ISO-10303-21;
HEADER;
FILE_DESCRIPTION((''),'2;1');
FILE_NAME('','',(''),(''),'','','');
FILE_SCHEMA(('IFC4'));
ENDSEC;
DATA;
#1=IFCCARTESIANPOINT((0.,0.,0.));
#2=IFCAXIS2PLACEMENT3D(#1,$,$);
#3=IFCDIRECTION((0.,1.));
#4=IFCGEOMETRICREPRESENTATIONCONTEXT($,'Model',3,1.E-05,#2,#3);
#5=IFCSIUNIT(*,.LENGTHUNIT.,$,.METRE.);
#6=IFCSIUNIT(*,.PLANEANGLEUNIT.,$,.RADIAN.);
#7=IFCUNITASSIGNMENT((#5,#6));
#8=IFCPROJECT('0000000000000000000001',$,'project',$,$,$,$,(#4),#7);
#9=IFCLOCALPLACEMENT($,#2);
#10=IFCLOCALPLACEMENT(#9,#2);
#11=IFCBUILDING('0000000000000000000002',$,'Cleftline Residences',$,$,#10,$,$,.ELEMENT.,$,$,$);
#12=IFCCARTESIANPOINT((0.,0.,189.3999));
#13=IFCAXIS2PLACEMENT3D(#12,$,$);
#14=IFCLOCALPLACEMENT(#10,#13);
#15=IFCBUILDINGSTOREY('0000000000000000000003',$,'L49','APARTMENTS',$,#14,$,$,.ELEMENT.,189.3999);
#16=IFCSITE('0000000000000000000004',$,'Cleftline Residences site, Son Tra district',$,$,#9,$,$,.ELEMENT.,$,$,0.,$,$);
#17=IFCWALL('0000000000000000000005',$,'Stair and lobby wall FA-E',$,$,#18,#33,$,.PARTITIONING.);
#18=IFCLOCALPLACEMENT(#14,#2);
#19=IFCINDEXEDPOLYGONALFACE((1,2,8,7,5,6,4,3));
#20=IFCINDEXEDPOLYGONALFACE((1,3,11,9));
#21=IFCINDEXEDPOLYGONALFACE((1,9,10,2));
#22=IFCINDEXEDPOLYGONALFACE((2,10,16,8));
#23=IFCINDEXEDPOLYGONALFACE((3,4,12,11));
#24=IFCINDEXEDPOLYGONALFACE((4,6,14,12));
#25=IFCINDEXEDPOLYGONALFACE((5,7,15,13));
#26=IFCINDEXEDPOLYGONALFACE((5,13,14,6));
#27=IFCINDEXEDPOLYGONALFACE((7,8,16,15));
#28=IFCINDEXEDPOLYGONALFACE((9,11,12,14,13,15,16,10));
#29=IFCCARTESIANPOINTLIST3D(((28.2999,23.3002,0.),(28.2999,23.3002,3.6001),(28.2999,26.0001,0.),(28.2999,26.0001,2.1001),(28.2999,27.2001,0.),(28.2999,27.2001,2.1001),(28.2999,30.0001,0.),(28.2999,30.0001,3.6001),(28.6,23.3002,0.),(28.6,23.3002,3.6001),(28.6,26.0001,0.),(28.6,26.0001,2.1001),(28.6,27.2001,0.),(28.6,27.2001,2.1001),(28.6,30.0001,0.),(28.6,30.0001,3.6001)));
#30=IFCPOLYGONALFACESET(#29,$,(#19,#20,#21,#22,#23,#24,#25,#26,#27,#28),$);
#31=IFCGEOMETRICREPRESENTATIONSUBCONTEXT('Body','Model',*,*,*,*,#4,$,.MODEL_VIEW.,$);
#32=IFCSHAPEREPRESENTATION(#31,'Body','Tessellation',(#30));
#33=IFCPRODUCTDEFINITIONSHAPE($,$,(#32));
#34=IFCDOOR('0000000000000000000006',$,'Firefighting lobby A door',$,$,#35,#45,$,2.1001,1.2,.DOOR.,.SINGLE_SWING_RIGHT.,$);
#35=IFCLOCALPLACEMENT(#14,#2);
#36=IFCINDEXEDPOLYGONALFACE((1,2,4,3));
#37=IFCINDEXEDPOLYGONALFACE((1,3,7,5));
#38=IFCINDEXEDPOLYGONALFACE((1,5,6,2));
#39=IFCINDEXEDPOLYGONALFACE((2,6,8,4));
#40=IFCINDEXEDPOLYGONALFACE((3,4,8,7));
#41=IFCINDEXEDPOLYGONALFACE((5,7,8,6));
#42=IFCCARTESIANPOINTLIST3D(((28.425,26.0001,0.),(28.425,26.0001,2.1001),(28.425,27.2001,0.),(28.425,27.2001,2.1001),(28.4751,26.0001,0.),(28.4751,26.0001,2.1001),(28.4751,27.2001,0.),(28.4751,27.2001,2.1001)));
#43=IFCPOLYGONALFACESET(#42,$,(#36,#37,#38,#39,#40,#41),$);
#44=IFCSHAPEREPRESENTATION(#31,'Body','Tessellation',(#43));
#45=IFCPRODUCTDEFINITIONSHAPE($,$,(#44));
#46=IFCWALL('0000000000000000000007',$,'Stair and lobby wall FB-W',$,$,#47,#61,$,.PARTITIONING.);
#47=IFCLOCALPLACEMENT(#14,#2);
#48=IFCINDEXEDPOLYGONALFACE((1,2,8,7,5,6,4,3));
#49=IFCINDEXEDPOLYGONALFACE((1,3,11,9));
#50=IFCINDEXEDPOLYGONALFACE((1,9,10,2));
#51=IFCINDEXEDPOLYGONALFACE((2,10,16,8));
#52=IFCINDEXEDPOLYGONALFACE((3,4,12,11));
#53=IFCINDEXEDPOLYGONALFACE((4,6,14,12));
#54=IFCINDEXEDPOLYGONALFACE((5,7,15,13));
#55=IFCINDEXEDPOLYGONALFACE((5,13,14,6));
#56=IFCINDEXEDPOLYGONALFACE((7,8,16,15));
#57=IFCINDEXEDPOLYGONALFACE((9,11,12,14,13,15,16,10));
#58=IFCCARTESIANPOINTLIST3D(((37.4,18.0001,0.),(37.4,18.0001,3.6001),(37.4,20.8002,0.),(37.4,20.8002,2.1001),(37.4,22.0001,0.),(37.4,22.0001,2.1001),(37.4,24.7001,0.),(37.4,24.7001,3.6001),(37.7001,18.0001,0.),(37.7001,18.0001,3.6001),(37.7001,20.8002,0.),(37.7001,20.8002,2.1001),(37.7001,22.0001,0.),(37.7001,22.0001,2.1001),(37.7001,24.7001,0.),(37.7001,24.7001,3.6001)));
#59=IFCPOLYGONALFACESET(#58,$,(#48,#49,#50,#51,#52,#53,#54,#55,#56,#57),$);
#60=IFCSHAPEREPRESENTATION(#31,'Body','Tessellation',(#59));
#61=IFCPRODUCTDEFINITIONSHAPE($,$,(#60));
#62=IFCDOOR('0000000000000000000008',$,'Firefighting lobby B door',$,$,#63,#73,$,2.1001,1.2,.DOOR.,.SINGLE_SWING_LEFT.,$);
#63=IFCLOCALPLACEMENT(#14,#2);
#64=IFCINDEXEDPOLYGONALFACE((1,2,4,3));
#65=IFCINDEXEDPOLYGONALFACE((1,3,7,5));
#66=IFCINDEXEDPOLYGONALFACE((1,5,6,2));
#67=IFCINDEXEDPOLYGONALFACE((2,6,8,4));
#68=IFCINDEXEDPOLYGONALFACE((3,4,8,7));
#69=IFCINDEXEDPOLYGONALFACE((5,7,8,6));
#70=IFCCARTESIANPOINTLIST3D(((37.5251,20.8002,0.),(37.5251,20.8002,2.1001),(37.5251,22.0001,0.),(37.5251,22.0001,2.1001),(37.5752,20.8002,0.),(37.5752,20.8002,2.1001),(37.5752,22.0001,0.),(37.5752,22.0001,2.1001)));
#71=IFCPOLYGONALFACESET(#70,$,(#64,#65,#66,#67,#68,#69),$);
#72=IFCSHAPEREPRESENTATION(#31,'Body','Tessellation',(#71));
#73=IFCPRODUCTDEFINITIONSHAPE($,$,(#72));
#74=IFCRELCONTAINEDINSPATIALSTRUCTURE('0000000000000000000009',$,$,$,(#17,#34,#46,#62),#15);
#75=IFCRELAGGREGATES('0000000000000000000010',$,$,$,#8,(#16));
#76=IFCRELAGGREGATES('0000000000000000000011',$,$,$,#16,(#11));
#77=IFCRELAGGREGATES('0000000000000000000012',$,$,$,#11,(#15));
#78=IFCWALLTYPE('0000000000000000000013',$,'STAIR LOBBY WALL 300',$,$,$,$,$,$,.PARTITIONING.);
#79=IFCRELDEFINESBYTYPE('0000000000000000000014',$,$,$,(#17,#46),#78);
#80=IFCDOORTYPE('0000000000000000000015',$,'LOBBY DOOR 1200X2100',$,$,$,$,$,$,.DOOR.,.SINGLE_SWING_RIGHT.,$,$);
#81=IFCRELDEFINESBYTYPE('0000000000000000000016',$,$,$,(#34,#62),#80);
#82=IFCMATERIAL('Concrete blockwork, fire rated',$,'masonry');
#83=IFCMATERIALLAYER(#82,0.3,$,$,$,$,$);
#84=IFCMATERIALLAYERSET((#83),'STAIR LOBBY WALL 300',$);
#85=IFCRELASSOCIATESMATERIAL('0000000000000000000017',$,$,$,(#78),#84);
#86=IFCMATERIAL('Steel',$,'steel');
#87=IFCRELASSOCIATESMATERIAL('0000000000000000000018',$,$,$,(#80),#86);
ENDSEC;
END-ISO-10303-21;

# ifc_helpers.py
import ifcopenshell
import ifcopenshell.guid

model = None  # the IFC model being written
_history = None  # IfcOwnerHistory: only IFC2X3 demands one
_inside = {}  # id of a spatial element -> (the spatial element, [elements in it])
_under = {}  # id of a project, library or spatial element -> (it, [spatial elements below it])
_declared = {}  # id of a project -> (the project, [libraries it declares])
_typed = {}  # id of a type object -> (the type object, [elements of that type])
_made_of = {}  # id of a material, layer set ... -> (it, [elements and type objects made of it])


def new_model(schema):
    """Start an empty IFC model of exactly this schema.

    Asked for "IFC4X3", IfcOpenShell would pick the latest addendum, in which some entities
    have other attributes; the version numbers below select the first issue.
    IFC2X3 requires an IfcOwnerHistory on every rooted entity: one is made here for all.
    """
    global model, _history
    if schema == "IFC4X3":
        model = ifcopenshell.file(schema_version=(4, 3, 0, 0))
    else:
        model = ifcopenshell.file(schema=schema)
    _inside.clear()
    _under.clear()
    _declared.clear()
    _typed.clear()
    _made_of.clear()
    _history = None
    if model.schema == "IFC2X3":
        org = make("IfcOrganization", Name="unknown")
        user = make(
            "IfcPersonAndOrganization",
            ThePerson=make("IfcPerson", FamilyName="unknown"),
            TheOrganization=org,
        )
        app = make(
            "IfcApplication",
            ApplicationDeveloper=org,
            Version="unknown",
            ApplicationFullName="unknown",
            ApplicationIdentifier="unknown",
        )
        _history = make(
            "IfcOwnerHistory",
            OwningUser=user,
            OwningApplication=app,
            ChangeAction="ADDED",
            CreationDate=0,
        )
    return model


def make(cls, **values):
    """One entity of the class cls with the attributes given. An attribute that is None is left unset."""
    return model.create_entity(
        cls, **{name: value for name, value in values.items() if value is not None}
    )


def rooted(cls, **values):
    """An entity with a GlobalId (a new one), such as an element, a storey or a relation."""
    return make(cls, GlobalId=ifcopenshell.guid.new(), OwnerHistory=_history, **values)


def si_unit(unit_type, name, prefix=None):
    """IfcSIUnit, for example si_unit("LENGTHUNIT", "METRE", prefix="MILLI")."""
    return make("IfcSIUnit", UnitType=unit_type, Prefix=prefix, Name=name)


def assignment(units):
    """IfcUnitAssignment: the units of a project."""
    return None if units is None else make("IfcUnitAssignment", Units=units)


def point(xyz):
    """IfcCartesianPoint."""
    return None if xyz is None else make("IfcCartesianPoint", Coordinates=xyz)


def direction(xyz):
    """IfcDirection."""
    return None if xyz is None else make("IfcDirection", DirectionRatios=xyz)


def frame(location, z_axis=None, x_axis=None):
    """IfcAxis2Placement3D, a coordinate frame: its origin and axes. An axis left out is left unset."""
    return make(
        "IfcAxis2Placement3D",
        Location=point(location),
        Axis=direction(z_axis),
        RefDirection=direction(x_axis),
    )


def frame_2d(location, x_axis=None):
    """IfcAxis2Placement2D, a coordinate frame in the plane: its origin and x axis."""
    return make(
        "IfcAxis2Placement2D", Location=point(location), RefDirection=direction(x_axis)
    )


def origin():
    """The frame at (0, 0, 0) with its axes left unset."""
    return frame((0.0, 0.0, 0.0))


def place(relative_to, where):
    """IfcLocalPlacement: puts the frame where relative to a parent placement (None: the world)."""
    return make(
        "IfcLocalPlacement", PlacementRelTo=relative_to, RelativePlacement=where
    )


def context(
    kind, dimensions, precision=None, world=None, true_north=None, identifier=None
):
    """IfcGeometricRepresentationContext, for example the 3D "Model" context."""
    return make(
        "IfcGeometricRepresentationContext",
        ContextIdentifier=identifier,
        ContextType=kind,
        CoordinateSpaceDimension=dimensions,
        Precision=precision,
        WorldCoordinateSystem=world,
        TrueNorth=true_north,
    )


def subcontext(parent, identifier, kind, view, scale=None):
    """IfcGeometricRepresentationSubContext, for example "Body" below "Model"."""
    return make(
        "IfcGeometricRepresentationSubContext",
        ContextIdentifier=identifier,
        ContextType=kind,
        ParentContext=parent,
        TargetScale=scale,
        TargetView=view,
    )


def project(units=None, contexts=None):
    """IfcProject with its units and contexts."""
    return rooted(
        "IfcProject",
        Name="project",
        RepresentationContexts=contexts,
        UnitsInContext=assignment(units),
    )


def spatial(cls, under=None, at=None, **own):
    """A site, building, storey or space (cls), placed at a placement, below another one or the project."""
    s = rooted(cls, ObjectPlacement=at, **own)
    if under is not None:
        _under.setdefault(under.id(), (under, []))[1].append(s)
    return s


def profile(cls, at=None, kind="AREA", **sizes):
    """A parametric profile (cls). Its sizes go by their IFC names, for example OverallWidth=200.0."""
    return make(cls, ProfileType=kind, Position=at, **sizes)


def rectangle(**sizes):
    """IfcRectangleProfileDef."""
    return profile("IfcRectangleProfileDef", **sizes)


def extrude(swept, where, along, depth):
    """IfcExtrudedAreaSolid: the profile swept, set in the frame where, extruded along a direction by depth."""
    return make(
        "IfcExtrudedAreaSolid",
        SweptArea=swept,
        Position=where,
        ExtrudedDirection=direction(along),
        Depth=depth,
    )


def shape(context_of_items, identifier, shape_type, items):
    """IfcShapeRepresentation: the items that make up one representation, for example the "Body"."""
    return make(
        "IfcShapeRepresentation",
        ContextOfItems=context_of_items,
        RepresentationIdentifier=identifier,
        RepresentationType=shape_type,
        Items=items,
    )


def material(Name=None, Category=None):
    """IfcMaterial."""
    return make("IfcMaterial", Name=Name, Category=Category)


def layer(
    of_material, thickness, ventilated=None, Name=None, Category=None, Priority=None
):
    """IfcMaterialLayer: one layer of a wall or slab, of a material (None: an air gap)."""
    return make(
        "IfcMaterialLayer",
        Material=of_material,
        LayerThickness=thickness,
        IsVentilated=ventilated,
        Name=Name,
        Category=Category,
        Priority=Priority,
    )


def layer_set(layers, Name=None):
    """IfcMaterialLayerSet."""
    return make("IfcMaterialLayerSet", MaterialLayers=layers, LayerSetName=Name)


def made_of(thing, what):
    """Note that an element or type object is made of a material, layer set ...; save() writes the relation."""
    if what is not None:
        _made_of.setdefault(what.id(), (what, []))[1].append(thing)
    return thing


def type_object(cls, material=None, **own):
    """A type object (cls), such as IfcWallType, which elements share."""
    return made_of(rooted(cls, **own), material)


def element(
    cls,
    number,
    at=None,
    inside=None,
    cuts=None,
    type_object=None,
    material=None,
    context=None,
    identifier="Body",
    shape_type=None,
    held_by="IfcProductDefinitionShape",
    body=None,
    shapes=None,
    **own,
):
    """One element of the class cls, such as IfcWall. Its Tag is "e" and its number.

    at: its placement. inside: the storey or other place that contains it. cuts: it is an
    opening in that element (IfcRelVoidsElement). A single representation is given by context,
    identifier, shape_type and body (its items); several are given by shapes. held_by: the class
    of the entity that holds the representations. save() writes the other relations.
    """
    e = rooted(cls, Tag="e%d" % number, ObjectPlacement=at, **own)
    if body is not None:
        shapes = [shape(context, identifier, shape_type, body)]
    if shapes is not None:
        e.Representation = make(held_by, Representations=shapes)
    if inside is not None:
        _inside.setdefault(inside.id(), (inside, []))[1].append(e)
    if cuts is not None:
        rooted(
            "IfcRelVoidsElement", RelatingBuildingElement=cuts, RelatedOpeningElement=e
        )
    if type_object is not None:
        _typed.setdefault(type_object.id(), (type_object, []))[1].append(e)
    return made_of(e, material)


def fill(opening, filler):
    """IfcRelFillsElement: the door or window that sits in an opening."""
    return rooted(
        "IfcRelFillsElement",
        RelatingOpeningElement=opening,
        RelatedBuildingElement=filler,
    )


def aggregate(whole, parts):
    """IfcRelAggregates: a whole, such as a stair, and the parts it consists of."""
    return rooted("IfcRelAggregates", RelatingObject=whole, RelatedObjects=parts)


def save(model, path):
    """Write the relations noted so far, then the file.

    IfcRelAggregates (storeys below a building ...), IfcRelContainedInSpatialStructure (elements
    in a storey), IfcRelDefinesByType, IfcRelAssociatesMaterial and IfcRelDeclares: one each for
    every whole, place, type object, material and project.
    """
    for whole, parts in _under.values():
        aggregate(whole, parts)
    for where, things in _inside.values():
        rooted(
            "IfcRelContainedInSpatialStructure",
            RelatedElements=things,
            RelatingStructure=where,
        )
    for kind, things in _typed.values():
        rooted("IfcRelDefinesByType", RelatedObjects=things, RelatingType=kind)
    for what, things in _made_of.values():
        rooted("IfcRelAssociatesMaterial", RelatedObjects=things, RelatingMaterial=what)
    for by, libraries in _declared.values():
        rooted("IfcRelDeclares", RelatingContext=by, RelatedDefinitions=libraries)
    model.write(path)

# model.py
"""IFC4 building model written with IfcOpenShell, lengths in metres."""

from ifc_helpers import new_model, si_unit, direction, frame, frame_2d, origin, place, context, subcontext, project, spatial, rectangle, extrude, material, layer, layer_set, type_object, element, fill, save


model = new_model("IFC4")

# Units and contexts
model_context = context("Model", 3, precision=1e-05, world=origin(), true_north=direction((0.0, 1.0)))
body_context = subcontext(model_context, "Body", "Model", "MODEL_VIEW")
ifc_project = project(units=[si_unit("LENGTHUNIT", "METRE"), si_unit("PLANEANGLEUNIT", "RADIAN")], contexts=[model_context])

# Site, building, storey
site_placement = place(None, origin())
site = spatial("IfcSite", under=ifc_project, at=site_placement, Name="Cleftline Residences site, Son Tra district", CompositionType="ELEMENT", RefElevation=0.0)
building_placement = place(site_placement, origin())
building = spatial("IfcBuilding", under=site, at=building_placement, Name="Cleftline Residences", CompositionType="ELEMENT")
storey_placement = place(building_placement, frame((0.0, 0.0, 189.3999)))
storey = spatial("IfcBuildingStorey", under=building, at=storey_placement, Name="L49", Description="APARTMENTS", CompositionType="ELEMENT", Elevation=189.3999)

# Walls, openings, doors
ifc_material_1 = material(Name="Concrete blockwork, fire rated", Category="masonry")
ifc_layer_1 = layer(ifc_material_1, 0.3)
ifc_layer_set_1 = layer_set([ifc_layer_1], Name="STAIR LOBBY WALL 300")
wall_type_1 = type_object("IfcWallType", Name="STAIR LOBBY WALL 300", PredefinedType="PARTITIONING", material=ifc_layer_set_1)
wall_1_placement = place(storey_placement, frame((28.45, 23.3, 0.0), z_axis=(0.0, 0.0, 1.0), x_axis=(0.0, 1.0, 0.0)))
wall_1 = element("IfcWall", 1, at=wall_1_placement, inside=storey, type_object=wall_type_1, Name="Stair and lobby wall FA-E", PredefinedType="PARTITIONING", context=body_context, shape_type="SweptSolid", body=[
    extrude(rectangle(XDim=6.7, YDim=0.3, at=frame_2d((3.3501, 0.0))), origin(), (0.0, 0.0, 1.0), 3.6001),
])
opening_1_placement = place(wall_1_placement, frame((2.7, 0.0, 0.0)))
opening_1 = element("IfcOpeningElement", 2, at=opening_1_placement, cuts=wall_1, PredefinedType="OPENING", context=body_context, shape_type="SweptSolid", body=[
    extrude(rectangle(XDim=1.2, YDim=2.1001, at=frame_2d((0.6001, 1.05))), frame((0.0, 0.1599, 0.0), z_axis=(0.0, -1.0, 0.0), x_axis=(1.0, 0.0, 0.0)), (0.0, 0.0, 1.0), 0.3201),
])
ifc_material_2 = material(Name="Steel", Category="steel")
door_type_1 = type_object("IfcDoorType", Name="LOBBY DOOR 1200X2100", OperationType="SINGLE_SWING_RIGHT", PredefinedType="DOOR", material=ifc_material_2)
door_1_placement = place(opening_1_placement, origin())
door_1 = element("IfcDoor", 3, at=door_1_placement, inside=storey, type_object=door_type_1, Name="Firefighting lobby A door", OperationType="SINGLE_SWING_RIGHT", OverallHeight=2.1001, OverallWidth=1.2, PredefinedType="DOOR", context=body_context, shape_type="SweptSolid", body=[
    extrude(rectangle(XDim=1.2, YDim=2.1001, at=frame_2d((0.6001, 1.05))), frame((0.0, 0.0249, 0.0), z_axis=(0.0, -1.0, 0.0), x_axis=(1.0, 0.0, 0.0)), (0.0, 0.0, 1.0), 0.05),
])
fill(opening_1, door_1)
wall_2_placement = place(storey_placement, frame((37.55, 18.0, 0.0), z_axis=(0.0, 0.0, 1.0), x_axis=(0.0, 1.0, 0.0)))
wall_2 = element("IfcWall", 4, at=wall_2_placement, inside=storey, type_object=wall_type_1, Name="Stair and lobby wall FB-W", PredefinedType="PARTITIONING", context=body_context, shape_type="SweptSolid", body=[
    extrude(rectangle(XDim=6.7, YDim=0.3, at=frame_2d((3.3501, 0.0))), origin(), (0.0, 0.0, 1.0), 3.6001),
])
opening_2_placement = place(wall_2_placement, frame((2.8, 0.0, 0.0)))
opening_2 = element("IfcOpeningElement", 5, at=opening_2_placement, cuts=wall_2, PredefinedType="OPENING", context=body_context, shape_type="SweptSolid", body=[
    extrude(rectangle(XDim=1.2, YDim=2.1001, at=frame_2d((0.6001, 1.05))), frame((0.0, 0.1599, 0.0), z_axis=(0.0, -1.0, 0.0), x_axis=(1.0, 0.0, 0.0)), (0.0, 0.0, 1.0), 0.3201),
])
door_2_placement = place(opening_2_placement, origin())
door_2 = element("IfcDoor", 6, at=door_2_placement, inside=storey, type_object=door_type_1, Name="Firefighting lobby B door", OperationType="SINGLE_SWING_LEFT", OverallHeight=2.1001, OverallWidth=1.2, PredefinedType="DOOR", context=body_context, shape_type="SweptSolid", body=[
    extrude(rectangle(XDim=1.2, YDim=2.1001, at=frame_2d((0.6001, 1.05))), frame((0.0, 0.0249, 0.0), z_axis=(0.0, -1.0, 0.0), x_axis=(1.0, 0.0, 0.0)), (0.0, 0.0, 1.0), 0.05),
])
fill(opening_2, door_2)

save(model, "model.ifc")
